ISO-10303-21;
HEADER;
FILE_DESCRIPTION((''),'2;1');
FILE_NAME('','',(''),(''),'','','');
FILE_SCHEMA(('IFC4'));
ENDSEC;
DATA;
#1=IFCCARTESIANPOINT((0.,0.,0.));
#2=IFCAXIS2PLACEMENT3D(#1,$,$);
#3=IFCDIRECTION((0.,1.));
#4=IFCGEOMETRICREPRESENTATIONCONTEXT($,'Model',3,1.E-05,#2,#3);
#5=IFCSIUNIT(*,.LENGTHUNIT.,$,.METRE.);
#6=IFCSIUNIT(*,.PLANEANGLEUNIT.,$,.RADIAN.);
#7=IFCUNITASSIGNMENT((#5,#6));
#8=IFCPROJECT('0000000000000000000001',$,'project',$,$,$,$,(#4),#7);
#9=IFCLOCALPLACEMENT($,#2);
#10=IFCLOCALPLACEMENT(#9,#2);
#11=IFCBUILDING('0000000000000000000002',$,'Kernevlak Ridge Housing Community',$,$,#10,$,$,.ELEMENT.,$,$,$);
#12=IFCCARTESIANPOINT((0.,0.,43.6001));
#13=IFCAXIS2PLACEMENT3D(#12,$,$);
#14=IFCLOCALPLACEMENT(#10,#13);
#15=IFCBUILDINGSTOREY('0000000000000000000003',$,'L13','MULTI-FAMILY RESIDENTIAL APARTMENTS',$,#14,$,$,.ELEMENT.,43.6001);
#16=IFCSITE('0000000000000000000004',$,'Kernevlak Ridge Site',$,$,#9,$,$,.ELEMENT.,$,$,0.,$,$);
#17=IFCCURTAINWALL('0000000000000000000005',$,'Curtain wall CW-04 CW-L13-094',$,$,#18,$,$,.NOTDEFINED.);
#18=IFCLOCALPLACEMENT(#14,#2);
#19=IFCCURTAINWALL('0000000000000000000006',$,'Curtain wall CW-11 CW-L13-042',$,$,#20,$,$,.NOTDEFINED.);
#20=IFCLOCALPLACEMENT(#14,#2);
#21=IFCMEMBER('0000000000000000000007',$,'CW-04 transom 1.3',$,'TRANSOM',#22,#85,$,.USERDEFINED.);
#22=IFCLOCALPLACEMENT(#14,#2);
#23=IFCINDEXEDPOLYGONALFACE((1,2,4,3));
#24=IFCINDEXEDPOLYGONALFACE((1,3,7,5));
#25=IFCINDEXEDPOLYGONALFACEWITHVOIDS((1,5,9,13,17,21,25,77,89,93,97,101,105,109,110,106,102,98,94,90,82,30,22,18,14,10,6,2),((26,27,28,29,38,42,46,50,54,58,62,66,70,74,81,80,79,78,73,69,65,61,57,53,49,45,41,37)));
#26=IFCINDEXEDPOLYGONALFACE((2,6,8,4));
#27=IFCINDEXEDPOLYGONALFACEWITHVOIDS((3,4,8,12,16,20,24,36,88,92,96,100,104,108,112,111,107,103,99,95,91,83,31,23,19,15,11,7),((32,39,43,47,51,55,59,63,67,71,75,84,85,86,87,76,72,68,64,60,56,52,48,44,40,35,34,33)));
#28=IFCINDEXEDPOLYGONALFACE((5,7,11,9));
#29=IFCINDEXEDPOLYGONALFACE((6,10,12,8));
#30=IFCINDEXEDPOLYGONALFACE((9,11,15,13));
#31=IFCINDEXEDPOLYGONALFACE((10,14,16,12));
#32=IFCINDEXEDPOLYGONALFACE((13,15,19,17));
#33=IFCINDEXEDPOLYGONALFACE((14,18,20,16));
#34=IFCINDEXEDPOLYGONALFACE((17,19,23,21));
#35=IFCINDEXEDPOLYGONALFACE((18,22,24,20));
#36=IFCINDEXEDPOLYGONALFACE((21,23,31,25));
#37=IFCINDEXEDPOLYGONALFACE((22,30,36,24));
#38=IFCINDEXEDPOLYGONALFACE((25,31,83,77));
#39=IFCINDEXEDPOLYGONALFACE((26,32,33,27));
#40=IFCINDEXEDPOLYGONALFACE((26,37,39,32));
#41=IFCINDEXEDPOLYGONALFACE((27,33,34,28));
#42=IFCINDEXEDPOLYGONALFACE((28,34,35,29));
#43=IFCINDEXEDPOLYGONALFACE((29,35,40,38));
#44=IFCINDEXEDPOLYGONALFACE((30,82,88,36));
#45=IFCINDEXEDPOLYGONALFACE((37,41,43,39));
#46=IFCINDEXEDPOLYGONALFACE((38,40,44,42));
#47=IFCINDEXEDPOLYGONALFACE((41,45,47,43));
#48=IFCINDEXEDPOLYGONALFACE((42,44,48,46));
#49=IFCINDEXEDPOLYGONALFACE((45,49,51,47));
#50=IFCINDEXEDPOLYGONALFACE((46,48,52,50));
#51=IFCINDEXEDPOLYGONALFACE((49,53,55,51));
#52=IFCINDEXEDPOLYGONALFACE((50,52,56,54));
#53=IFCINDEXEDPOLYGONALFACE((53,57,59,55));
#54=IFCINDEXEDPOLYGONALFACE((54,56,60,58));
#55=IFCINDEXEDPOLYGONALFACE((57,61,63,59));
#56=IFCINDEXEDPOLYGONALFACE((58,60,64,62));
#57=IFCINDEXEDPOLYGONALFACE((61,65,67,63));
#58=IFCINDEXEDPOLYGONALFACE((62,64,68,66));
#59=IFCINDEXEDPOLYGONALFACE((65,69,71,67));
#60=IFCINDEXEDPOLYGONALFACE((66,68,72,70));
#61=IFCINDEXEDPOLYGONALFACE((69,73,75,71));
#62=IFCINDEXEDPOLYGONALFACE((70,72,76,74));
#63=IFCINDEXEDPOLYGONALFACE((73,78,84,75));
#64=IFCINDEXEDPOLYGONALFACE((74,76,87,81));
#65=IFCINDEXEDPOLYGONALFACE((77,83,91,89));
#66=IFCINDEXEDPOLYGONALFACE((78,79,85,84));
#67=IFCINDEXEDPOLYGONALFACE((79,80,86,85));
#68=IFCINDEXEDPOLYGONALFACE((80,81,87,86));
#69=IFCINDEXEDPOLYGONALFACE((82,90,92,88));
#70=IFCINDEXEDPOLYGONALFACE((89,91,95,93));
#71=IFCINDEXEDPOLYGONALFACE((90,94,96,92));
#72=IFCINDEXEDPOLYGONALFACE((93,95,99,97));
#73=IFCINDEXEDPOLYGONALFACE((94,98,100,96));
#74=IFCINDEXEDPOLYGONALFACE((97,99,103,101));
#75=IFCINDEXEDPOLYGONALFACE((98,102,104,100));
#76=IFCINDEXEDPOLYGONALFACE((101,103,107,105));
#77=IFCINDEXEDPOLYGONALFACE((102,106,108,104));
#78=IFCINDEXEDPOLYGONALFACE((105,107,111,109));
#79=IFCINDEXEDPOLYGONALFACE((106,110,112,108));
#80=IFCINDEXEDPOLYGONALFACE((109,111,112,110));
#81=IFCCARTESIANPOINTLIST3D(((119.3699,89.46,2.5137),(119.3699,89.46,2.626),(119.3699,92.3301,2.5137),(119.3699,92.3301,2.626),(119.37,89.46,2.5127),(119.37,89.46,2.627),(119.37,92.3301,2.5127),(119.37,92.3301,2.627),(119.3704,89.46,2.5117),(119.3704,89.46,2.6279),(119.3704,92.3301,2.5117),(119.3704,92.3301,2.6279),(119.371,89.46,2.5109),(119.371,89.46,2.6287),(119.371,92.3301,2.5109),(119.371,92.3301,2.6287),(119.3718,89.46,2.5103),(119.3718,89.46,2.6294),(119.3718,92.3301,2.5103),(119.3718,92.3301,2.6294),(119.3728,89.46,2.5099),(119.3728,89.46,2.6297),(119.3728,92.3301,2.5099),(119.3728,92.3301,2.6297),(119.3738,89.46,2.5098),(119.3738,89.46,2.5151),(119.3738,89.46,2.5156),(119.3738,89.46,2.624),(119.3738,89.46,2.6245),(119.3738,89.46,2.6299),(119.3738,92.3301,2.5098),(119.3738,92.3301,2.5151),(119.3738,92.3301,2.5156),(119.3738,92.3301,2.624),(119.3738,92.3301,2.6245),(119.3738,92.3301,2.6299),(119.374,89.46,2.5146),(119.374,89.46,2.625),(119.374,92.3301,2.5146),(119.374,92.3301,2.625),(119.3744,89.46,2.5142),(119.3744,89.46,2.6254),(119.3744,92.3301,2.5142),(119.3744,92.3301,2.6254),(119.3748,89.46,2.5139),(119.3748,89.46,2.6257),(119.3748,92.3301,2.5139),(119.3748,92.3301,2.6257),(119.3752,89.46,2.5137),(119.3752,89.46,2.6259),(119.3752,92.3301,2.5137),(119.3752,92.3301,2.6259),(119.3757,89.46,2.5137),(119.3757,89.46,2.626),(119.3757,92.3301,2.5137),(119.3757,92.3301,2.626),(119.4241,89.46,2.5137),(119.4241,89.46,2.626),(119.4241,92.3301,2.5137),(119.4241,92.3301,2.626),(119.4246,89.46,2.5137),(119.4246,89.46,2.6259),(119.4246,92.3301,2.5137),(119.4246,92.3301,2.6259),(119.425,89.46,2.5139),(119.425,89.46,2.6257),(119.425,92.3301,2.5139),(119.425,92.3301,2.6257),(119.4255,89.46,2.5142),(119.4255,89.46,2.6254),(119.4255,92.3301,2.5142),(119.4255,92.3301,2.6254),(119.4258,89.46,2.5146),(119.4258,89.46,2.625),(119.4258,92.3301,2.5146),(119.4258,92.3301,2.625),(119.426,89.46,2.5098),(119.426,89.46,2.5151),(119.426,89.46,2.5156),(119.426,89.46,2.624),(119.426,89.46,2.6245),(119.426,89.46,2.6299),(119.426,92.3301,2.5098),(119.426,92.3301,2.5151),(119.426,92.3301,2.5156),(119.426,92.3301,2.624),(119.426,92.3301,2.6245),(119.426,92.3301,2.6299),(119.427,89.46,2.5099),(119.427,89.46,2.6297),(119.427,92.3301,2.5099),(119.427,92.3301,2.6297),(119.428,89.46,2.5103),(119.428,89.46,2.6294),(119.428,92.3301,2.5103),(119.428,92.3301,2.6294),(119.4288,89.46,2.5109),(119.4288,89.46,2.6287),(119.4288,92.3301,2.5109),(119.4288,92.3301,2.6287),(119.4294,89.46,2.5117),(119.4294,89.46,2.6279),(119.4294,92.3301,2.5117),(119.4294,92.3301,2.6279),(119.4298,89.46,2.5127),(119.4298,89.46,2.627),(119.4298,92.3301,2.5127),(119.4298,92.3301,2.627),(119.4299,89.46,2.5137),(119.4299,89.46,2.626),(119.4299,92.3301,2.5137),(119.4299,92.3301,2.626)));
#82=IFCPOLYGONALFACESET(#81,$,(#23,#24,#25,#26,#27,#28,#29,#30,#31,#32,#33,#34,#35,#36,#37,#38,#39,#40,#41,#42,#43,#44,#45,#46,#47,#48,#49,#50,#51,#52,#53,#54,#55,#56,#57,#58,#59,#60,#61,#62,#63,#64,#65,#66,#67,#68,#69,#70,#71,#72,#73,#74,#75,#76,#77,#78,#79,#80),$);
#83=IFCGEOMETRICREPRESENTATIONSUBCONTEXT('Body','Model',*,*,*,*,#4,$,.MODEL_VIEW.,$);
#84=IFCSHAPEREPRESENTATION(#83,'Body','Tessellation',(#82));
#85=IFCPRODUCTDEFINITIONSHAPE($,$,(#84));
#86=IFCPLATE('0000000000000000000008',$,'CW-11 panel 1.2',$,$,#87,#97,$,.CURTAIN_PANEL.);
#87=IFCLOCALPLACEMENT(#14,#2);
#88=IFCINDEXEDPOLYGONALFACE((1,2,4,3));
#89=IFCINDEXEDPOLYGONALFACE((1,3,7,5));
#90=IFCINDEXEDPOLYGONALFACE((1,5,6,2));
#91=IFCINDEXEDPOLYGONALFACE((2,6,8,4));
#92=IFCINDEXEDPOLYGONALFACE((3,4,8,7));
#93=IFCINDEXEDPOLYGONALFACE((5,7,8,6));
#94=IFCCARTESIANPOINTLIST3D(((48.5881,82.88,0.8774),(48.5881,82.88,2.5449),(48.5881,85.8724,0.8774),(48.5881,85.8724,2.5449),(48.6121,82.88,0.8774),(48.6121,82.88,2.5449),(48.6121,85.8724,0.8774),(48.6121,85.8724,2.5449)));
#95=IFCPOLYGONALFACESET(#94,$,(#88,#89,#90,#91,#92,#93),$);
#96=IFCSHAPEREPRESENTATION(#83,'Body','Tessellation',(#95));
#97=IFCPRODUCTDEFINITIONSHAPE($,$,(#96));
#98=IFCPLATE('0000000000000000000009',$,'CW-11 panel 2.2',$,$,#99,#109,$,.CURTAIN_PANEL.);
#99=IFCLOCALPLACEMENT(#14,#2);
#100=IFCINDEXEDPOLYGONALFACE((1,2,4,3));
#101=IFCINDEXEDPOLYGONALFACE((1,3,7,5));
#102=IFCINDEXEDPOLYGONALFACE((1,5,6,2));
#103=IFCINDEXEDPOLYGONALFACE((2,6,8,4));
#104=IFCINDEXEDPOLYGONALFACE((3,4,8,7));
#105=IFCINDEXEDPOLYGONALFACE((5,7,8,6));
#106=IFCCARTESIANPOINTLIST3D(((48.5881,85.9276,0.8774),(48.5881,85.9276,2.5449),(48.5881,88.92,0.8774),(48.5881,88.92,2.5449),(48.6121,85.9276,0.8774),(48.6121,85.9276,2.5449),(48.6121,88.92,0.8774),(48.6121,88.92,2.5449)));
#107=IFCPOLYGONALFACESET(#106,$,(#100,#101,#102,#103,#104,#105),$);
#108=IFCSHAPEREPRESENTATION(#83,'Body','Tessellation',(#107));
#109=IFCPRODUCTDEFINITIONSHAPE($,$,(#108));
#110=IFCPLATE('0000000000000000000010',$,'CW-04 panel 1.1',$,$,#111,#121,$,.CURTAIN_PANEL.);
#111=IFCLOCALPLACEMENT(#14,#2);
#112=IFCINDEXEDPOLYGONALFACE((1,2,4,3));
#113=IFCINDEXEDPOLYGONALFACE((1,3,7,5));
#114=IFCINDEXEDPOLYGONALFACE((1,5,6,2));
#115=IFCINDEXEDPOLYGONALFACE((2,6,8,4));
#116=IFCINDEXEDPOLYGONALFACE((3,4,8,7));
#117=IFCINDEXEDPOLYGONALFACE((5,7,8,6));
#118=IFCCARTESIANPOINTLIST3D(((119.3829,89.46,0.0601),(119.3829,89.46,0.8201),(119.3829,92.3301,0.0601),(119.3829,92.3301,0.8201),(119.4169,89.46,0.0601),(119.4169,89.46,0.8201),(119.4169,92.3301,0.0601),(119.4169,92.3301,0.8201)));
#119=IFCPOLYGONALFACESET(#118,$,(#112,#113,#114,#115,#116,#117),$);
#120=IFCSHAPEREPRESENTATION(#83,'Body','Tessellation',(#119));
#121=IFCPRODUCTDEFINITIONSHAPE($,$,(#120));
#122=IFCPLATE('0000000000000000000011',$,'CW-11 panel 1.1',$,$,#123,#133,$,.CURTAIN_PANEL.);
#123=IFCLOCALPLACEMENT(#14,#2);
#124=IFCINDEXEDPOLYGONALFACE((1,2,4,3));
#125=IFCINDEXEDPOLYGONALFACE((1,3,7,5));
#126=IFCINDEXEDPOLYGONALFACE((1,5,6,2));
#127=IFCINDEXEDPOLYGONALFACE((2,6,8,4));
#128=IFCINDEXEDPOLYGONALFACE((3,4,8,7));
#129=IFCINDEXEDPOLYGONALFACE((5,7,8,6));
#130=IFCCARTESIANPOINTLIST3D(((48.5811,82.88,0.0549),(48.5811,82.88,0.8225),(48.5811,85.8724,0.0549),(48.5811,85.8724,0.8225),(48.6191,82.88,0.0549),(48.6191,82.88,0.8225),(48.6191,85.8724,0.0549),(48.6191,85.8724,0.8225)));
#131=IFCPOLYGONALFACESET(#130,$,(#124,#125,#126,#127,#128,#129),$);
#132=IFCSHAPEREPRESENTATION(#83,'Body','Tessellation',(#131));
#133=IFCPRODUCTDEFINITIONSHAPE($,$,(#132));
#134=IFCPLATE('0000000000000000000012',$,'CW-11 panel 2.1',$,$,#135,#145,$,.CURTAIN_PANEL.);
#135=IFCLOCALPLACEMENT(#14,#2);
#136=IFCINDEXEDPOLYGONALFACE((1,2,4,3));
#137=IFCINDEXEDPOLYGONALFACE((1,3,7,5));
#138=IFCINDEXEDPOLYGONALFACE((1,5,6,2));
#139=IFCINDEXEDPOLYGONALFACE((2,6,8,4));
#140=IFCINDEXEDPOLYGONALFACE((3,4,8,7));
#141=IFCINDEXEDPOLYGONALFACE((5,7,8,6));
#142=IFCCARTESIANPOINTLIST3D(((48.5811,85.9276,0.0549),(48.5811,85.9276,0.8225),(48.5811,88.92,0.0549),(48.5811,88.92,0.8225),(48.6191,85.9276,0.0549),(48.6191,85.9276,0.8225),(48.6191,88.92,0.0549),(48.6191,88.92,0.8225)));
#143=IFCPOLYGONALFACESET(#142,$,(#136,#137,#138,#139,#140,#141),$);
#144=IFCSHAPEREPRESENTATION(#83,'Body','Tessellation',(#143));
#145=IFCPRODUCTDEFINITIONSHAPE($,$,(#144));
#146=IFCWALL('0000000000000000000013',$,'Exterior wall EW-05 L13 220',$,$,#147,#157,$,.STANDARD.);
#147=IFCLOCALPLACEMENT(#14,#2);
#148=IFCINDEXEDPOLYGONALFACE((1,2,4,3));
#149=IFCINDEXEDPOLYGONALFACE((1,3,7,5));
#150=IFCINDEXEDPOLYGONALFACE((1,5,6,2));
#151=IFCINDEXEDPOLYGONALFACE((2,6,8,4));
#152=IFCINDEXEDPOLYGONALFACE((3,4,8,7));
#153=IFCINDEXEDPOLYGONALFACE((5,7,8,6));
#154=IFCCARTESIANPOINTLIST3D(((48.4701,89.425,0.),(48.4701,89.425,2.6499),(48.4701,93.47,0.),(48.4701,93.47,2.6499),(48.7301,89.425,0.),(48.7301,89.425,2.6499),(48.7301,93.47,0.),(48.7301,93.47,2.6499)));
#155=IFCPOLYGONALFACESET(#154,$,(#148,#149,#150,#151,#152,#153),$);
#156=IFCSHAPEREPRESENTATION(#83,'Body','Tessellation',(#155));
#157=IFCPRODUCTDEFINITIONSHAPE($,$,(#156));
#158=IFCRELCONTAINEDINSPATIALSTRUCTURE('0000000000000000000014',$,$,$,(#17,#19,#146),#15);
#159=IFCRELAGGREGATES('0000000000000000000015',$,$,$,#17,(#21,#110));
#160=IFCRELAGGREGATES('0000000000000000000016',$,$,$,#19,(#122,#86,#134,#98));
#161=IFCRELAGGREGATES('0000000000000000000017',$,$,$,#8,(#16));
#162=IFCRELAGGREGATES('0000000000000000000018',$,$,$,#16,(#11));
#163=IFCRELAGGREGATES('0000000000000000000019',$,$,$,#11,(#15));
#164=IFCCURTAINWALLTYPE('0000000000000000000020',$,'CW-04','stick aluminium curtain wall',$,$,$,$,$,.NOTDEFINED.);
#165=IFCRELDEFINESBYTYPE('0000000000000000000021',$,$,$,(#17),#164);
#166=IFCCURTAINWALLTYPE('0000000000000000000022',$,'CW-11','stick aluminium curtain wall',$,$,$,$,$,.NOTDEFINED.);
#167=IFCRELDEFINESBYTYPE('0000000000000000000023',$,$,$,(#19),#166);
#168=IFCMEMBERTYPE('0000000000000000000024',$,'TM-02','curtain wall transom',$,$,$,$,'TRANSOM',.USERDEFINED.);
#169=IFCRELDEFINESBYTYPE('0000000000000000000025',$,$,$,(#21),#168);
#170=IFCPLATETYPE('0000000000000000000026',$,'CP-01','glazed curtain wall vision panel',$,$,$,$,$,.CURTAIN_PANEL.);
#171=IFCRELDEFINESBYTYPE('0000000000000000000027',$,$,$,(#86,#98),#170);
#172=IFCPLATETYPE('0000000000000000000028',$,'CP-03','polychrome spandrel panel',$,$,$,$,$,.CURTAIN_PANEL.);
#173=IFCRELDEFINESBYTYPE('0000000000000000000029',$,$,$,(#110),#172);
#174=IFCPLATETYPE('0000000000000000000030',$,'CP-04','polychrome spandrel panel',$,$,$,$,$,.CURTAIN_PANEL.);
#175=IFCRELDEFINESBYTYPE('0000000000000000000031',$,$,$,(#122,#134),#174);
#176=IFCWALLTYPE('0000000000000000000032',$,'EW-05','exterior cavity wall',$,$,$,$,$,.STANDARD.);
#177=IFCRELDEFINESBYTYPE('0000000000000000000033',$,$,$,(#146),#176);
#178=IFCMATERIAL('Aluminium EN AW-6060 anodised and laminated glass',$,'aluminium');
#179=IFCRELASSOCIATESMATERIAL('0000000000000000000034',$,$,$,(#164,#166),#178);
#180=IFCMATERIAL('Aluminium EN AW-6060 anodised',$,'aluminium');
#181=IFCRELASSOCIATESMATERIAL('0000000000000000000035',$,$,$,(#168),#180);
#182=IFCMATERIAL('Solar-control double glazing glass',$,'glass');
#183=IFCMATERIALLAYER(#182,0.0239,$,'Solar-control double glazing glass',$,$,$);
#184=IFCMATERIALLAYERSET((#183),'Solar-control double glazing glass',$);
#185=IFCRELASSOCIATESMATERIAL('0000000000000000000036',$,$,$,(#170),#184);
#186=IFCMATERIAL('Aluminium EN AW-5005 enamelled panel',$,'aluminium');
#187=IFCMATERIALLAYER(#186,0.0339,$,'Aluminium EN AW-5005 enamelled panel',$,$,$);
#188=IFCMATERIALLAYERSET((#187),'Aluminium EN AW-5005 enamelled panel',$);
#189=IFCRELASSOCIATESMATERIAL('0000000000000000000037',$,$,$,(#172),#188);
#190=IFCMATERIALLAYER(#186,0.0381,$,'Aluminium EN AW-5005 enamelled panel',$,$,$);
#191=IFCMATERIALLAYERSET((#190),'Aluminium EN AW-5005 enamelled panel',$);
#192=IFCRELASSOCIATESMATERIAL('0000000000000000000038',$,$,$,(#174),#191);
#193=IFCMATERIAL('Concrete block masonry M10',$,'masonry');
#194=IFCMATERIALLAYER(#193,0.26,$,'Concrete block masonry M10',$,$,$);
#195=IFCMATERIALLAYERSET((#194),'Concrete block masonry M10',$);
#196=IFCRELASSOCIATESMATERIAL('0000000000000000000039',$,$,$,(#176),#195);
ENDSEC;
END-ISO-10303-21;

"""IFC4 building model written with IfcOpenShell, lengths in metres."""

from ifc_helpers import new_model, si_unit, direction, frame, frame_2d, origin, origin_2d, place, context, subcontext, project, spatial, rectangle, hollow_rectangle, extrude, material, layer, layer_set, material_profile, profile_set, type_object, element, aggregate, save


model = new_model("IFC4")

# Units and contexts
model_context = context("Model", 3, precision=1e-05, world=origin(), true_north=direction((0.0, 1.0)))
body_context = subcontext(model_context, "Body", "Model", "MODEL_VIEW")
ifc_project = project(units=[si_unit("LENGTHUNIT", "METRE"), si_unit("PLANEANGLEUNIT", "RADIAN")], contexts=[model_context])

# Site, building, storey
site_placement = place(None, origin())
site = spatial("IfcSite", under=ifc_project, at=site_placement, Name="Kernevlak Ridge Site", CompositionType="ELEMENT", RefElevation=0.0)
building_placement = place(site_placement, origin())
building = spatial("IfcBuilding", under=site, at=building_placement, Name="Kernevlak Ridge Housing Community", CompositionType="ELEMENT")
storey_placement = place(building_placement, frame((0.0, 0.0, 43.6001)))
storey = spatial("IfcBuildingStorey", under=building, at=storey_placement, Name="L13", Description="MULTI-FAMILY RESIDENTIAL APARTMENTS", CompositionType="ELEMENT", Elevation=43.6001)

# Curtain wall
ifc_material_1 = material(Name="Aluminium EN AW-6060 anodised and laminated glass", Category="aluminium")
curtain_wall_type_1 = type_object("IfcCurtainWallType", Name="CW-04", Description="stick aluminium curtain wall", PredefinedType="NOTDEFINED", material=ifc_material_1)
curtain_wall_1_placement = place(storey_placement, origin())
curtain_wall_1 = element("IfcCurtainWall", 1, at=curtain_wall_1_placement, inside=storey, type_object=curtain_wall_type_1, Name="Curtain wall CW-04 CW-L13-094", PredefinedType="NOTDEFINED")
ifc_material_2 = material(Name="Aluminium EN AW-6060 anodised", Category="aluminium")

# Curtain wall
curtain_wall_type_2 = type_object("IfcCurtainWallType", Name="CW-11", Description="stick aluminium curtain wall", PredefinedType="NOTDEFINED", material=ifc_material_1)
curtain_wall_2_placement = place(storey_placement, origin())
curtain_wall_2 = element("IfcCurtainWall", 2, at=curtain_wall_2_placement, inside=storey, type_object=curtain_wall_type_2, Name="Curtain wall CW-11 CW-L13-042", PredefinedType="NOTDEFINED")

# Member
ifc_material_profile_1 = material_profile(ifc_material_2, hollow_rectangle(XDim=0.0601, YDim=0.1201, WallThickness=0.0039, InnerFilletRadius=0.002, OuterFilletRadius=0.0039, at=origin_2d()), Name="ALU 60x120x4")
ifc_profile_set_1 = profile_set([ifc_material_profile_1], Name="Aluminium EN AW-6060 anodised")
member_type_1 = type_object("IfcMemberType", Name="TM-02", Description="curtain wall transom", ElementType="TRANSOM", PredefinedType="USERDEFINED", material=ifc_profile_set_1)
member_1_placement = place(storey_placement, frame((119.3999, 89.46, 2.5698), z_axis=(0.0, 1.0, 0.0), x_axis=(-1.0, 0.0, 0.0)))
member_1 = element("IfcMember", 3, at=member_1_placement, type_object=member_type_1, Name="CW-04 transom 1.3", ObjectType="TRANSOM", PredefinedType="USERDEFINED", context=body_context, shape_type="SweptSolid", body=[
    extrude(hollow_rectangle(XDim=0.0601, YDim=0.1201, WallThickness=0.0039, InnerFilletRadius=0.002, OuterFilletRadius=0.0039, at=origin_2d()), origin(), (0.0, 0.0, 1.0), 2.8701),
])

# Plates
ifc_material_3 = material(Name="Solar-control double glazing glass", Category="glass")
ifc_layer_1 = layer(ifc_material_3, 0.0239, Name="Solar-control double glazing glass")
ifc_layer_set_1 = layer_set([ifc_layer_1], Name="Solar-control double glazing glass")
plate_type_1 = type_object("IfcPlateType", Name="CP-01", Description="glazed curtain wall vision panel", PredefinedType="CURTAIN_PANEL", material=ifc_layer_set_1)
plate_1_placement = place(storey_placement, frame((48.6001, 84.3762, 0.8774), z_axis=(0.0, 0.0, 1.0), x_axis=(0.0, 1.0, 0.0)))
plate_1 = element("IfcPlate", 4, at=plate_1_placement, type_object=plate_type_1, Name="CW-11 panel 1.2", PredefinedType="CURTAIN_PANEL", context=body_context, shape_type="SweptSolid", body=[
    extrude(rectangle(XDim=2.9924, YDim=0.0239, at=origin_2d()), origin(), (0.0, 0.0, 1.0), 1.6675),
])
plate_2_placement = place(storey_placement, frame((48.6001, 87.4238, 0.8774), z_axis=(0.0, 0.0, 1.0), x_axis=(0.0, 1.0, 0.0)))
plate_2 = element("IfcPlate", 5, at=plate_2_placement, type_object=plate_type_1, Name="CW-11 panel 2.2", PredefinedType="CURTAIN_PANEL", context=body_context, shape_type="SweptSolid", body=[
    extrude(rectangle(XDim=2.9924, YDim=0.0239, at=origin_2d()), origin(), (0.0, 0.0, 1.0), 1.6675),
])
ifc_material_4 = material(Name="Aluminium EN AW-5005 enamelled panel", Category="aluminium")
ifc_layer_2 = layer(ifc_material_4, 0.0339, Name="Aluminium EN AW-5005 enamelled panel")
ifc_layer_set_2 = layer_set([ifc_layer_2], Name="Aluminium EN AW-5005 enamelled panel")
plate_type_2 = type_object("IfcPlateType", Name="CP-03", Description="polychrome spandrel panel", PredefinedType="CURTAIN_PANEL", material=ifc_layer_set_2)
plate_3_placement = place(storey_placement, frame((119.3999, 90.895, 0.0601), z_axis=(0.0, 0.0, 1.0), x_axis=(0.0, 1.0, 0.0)))
plate_3 = element("IfcPlate", 6, at=plate_3_placement, type_object=plate_type_2, Name="CW-04 panel 1.1", PredefinedType="CURTAIN_PANEL", context=body_context, shape_type="SweptSolid", body=[
    extrude(rectangle(XDim=2.8701, YDim=0.0339, at=origin_2d()), origin(), (0.0, 0.0, 1.0), 0.76),
])
aggregate(curtain_wall_1, [member_1, plate_3])
ifc_layer_3 = layer(ifc_material_4, 0.0381, Name="Aluminium EN AW-5005 enamelled panel")
ifc_layer_set_3 = layer_set([ifc_layer_3], Name="Aluminium EN AW-5005 enamelled panel")
plate_type_3 = type_object("IfcPlateType", Name="CP-04", Description="polychrome spandrel panel", PredefinedType="CURTAIN_PANEL", material=ifc_layer_set_3)
plate_4_placement = place(storey_placement, frame((48.6001, 84.3762, 0.0549), z_axis=(0.0, 0.0, 1.0), x_axis=(0.0, 1.0, 0.0)))
plate_4 = element("IfcPlate", 7, at=plate_4_placement, type_object=plate_type_3, Name="CW-11 panel 1.1", PredefinedType="CURTAIN_PANEL", context=body_context, shape_type="SweptSolid", body=[
    extrude(rectangle(XDim=2.9924, YDim=0.0381, at=origin_2d()), origin(), (0.0, 0.0, 1.0), 0.7676),
])
plate_5_placement = place(storey_placement, frame((48.6001, 87.4238, 0.0549), z_axis=(0.0, 0.0, 1.0), x_axis=(0.0, 1.0, 0.0)))
plate_5 = element("IfcPlate", 8, at=plate_5_placement, type_object=plate_type_3, Name="CW-11 panel 2.1", PredefinedType="CURTAIN_PANEL", context=body_context, shape_type="SweptSolid", body=[
    extrude(rectangle(XDim=2.9924, YDim=0.0381, at=origin_2d()), origin(), (0.0, 0.0, 1.0), 0.7676),
])
aggregate(curtain_wall_2, [plate_4, plate_1, plate_5, plate_2])

# Wall
ifc_material_5 = material(Name="Concrete block masonry M10", Category="masonry")
ifc_layer_4 = layer(ifc_material_5, 0.26, Name="Concrete block masonry M10")
ifc_layer_set_4 = layer_set([ifc_layer_4], Name="Concrete block masonry M10")
wall_type_1 = type_object("IfcWallType", Name="EW-05", Description="exterior cavity wall", PredefinedType="STANDARD", material=ifc_layer_set_4)
wall_1_placement = place(storey_placement, frame((48.6001, 89.425, 0.0), z_axis=(0.0, 0.0, 1.0), x_axis=(0.0, 1.0, 0.0)))
element("IfcWall", 9, at=wall_1_placement, inside=storey, type_object=wall_type_1, Name="Exterior wall EW-05 L13 220", PredefinedType="STANDARD", context=body_context, shape_type="SweptSolid", body=[
    extrude(rectangle(XDim=4.0449, YDim=0.26, at=frame_2d((2.0225, 0.0))), origin(), (0.0, 0.0, 1.0), 2.6499),
])

save(model, "model.ifc")
